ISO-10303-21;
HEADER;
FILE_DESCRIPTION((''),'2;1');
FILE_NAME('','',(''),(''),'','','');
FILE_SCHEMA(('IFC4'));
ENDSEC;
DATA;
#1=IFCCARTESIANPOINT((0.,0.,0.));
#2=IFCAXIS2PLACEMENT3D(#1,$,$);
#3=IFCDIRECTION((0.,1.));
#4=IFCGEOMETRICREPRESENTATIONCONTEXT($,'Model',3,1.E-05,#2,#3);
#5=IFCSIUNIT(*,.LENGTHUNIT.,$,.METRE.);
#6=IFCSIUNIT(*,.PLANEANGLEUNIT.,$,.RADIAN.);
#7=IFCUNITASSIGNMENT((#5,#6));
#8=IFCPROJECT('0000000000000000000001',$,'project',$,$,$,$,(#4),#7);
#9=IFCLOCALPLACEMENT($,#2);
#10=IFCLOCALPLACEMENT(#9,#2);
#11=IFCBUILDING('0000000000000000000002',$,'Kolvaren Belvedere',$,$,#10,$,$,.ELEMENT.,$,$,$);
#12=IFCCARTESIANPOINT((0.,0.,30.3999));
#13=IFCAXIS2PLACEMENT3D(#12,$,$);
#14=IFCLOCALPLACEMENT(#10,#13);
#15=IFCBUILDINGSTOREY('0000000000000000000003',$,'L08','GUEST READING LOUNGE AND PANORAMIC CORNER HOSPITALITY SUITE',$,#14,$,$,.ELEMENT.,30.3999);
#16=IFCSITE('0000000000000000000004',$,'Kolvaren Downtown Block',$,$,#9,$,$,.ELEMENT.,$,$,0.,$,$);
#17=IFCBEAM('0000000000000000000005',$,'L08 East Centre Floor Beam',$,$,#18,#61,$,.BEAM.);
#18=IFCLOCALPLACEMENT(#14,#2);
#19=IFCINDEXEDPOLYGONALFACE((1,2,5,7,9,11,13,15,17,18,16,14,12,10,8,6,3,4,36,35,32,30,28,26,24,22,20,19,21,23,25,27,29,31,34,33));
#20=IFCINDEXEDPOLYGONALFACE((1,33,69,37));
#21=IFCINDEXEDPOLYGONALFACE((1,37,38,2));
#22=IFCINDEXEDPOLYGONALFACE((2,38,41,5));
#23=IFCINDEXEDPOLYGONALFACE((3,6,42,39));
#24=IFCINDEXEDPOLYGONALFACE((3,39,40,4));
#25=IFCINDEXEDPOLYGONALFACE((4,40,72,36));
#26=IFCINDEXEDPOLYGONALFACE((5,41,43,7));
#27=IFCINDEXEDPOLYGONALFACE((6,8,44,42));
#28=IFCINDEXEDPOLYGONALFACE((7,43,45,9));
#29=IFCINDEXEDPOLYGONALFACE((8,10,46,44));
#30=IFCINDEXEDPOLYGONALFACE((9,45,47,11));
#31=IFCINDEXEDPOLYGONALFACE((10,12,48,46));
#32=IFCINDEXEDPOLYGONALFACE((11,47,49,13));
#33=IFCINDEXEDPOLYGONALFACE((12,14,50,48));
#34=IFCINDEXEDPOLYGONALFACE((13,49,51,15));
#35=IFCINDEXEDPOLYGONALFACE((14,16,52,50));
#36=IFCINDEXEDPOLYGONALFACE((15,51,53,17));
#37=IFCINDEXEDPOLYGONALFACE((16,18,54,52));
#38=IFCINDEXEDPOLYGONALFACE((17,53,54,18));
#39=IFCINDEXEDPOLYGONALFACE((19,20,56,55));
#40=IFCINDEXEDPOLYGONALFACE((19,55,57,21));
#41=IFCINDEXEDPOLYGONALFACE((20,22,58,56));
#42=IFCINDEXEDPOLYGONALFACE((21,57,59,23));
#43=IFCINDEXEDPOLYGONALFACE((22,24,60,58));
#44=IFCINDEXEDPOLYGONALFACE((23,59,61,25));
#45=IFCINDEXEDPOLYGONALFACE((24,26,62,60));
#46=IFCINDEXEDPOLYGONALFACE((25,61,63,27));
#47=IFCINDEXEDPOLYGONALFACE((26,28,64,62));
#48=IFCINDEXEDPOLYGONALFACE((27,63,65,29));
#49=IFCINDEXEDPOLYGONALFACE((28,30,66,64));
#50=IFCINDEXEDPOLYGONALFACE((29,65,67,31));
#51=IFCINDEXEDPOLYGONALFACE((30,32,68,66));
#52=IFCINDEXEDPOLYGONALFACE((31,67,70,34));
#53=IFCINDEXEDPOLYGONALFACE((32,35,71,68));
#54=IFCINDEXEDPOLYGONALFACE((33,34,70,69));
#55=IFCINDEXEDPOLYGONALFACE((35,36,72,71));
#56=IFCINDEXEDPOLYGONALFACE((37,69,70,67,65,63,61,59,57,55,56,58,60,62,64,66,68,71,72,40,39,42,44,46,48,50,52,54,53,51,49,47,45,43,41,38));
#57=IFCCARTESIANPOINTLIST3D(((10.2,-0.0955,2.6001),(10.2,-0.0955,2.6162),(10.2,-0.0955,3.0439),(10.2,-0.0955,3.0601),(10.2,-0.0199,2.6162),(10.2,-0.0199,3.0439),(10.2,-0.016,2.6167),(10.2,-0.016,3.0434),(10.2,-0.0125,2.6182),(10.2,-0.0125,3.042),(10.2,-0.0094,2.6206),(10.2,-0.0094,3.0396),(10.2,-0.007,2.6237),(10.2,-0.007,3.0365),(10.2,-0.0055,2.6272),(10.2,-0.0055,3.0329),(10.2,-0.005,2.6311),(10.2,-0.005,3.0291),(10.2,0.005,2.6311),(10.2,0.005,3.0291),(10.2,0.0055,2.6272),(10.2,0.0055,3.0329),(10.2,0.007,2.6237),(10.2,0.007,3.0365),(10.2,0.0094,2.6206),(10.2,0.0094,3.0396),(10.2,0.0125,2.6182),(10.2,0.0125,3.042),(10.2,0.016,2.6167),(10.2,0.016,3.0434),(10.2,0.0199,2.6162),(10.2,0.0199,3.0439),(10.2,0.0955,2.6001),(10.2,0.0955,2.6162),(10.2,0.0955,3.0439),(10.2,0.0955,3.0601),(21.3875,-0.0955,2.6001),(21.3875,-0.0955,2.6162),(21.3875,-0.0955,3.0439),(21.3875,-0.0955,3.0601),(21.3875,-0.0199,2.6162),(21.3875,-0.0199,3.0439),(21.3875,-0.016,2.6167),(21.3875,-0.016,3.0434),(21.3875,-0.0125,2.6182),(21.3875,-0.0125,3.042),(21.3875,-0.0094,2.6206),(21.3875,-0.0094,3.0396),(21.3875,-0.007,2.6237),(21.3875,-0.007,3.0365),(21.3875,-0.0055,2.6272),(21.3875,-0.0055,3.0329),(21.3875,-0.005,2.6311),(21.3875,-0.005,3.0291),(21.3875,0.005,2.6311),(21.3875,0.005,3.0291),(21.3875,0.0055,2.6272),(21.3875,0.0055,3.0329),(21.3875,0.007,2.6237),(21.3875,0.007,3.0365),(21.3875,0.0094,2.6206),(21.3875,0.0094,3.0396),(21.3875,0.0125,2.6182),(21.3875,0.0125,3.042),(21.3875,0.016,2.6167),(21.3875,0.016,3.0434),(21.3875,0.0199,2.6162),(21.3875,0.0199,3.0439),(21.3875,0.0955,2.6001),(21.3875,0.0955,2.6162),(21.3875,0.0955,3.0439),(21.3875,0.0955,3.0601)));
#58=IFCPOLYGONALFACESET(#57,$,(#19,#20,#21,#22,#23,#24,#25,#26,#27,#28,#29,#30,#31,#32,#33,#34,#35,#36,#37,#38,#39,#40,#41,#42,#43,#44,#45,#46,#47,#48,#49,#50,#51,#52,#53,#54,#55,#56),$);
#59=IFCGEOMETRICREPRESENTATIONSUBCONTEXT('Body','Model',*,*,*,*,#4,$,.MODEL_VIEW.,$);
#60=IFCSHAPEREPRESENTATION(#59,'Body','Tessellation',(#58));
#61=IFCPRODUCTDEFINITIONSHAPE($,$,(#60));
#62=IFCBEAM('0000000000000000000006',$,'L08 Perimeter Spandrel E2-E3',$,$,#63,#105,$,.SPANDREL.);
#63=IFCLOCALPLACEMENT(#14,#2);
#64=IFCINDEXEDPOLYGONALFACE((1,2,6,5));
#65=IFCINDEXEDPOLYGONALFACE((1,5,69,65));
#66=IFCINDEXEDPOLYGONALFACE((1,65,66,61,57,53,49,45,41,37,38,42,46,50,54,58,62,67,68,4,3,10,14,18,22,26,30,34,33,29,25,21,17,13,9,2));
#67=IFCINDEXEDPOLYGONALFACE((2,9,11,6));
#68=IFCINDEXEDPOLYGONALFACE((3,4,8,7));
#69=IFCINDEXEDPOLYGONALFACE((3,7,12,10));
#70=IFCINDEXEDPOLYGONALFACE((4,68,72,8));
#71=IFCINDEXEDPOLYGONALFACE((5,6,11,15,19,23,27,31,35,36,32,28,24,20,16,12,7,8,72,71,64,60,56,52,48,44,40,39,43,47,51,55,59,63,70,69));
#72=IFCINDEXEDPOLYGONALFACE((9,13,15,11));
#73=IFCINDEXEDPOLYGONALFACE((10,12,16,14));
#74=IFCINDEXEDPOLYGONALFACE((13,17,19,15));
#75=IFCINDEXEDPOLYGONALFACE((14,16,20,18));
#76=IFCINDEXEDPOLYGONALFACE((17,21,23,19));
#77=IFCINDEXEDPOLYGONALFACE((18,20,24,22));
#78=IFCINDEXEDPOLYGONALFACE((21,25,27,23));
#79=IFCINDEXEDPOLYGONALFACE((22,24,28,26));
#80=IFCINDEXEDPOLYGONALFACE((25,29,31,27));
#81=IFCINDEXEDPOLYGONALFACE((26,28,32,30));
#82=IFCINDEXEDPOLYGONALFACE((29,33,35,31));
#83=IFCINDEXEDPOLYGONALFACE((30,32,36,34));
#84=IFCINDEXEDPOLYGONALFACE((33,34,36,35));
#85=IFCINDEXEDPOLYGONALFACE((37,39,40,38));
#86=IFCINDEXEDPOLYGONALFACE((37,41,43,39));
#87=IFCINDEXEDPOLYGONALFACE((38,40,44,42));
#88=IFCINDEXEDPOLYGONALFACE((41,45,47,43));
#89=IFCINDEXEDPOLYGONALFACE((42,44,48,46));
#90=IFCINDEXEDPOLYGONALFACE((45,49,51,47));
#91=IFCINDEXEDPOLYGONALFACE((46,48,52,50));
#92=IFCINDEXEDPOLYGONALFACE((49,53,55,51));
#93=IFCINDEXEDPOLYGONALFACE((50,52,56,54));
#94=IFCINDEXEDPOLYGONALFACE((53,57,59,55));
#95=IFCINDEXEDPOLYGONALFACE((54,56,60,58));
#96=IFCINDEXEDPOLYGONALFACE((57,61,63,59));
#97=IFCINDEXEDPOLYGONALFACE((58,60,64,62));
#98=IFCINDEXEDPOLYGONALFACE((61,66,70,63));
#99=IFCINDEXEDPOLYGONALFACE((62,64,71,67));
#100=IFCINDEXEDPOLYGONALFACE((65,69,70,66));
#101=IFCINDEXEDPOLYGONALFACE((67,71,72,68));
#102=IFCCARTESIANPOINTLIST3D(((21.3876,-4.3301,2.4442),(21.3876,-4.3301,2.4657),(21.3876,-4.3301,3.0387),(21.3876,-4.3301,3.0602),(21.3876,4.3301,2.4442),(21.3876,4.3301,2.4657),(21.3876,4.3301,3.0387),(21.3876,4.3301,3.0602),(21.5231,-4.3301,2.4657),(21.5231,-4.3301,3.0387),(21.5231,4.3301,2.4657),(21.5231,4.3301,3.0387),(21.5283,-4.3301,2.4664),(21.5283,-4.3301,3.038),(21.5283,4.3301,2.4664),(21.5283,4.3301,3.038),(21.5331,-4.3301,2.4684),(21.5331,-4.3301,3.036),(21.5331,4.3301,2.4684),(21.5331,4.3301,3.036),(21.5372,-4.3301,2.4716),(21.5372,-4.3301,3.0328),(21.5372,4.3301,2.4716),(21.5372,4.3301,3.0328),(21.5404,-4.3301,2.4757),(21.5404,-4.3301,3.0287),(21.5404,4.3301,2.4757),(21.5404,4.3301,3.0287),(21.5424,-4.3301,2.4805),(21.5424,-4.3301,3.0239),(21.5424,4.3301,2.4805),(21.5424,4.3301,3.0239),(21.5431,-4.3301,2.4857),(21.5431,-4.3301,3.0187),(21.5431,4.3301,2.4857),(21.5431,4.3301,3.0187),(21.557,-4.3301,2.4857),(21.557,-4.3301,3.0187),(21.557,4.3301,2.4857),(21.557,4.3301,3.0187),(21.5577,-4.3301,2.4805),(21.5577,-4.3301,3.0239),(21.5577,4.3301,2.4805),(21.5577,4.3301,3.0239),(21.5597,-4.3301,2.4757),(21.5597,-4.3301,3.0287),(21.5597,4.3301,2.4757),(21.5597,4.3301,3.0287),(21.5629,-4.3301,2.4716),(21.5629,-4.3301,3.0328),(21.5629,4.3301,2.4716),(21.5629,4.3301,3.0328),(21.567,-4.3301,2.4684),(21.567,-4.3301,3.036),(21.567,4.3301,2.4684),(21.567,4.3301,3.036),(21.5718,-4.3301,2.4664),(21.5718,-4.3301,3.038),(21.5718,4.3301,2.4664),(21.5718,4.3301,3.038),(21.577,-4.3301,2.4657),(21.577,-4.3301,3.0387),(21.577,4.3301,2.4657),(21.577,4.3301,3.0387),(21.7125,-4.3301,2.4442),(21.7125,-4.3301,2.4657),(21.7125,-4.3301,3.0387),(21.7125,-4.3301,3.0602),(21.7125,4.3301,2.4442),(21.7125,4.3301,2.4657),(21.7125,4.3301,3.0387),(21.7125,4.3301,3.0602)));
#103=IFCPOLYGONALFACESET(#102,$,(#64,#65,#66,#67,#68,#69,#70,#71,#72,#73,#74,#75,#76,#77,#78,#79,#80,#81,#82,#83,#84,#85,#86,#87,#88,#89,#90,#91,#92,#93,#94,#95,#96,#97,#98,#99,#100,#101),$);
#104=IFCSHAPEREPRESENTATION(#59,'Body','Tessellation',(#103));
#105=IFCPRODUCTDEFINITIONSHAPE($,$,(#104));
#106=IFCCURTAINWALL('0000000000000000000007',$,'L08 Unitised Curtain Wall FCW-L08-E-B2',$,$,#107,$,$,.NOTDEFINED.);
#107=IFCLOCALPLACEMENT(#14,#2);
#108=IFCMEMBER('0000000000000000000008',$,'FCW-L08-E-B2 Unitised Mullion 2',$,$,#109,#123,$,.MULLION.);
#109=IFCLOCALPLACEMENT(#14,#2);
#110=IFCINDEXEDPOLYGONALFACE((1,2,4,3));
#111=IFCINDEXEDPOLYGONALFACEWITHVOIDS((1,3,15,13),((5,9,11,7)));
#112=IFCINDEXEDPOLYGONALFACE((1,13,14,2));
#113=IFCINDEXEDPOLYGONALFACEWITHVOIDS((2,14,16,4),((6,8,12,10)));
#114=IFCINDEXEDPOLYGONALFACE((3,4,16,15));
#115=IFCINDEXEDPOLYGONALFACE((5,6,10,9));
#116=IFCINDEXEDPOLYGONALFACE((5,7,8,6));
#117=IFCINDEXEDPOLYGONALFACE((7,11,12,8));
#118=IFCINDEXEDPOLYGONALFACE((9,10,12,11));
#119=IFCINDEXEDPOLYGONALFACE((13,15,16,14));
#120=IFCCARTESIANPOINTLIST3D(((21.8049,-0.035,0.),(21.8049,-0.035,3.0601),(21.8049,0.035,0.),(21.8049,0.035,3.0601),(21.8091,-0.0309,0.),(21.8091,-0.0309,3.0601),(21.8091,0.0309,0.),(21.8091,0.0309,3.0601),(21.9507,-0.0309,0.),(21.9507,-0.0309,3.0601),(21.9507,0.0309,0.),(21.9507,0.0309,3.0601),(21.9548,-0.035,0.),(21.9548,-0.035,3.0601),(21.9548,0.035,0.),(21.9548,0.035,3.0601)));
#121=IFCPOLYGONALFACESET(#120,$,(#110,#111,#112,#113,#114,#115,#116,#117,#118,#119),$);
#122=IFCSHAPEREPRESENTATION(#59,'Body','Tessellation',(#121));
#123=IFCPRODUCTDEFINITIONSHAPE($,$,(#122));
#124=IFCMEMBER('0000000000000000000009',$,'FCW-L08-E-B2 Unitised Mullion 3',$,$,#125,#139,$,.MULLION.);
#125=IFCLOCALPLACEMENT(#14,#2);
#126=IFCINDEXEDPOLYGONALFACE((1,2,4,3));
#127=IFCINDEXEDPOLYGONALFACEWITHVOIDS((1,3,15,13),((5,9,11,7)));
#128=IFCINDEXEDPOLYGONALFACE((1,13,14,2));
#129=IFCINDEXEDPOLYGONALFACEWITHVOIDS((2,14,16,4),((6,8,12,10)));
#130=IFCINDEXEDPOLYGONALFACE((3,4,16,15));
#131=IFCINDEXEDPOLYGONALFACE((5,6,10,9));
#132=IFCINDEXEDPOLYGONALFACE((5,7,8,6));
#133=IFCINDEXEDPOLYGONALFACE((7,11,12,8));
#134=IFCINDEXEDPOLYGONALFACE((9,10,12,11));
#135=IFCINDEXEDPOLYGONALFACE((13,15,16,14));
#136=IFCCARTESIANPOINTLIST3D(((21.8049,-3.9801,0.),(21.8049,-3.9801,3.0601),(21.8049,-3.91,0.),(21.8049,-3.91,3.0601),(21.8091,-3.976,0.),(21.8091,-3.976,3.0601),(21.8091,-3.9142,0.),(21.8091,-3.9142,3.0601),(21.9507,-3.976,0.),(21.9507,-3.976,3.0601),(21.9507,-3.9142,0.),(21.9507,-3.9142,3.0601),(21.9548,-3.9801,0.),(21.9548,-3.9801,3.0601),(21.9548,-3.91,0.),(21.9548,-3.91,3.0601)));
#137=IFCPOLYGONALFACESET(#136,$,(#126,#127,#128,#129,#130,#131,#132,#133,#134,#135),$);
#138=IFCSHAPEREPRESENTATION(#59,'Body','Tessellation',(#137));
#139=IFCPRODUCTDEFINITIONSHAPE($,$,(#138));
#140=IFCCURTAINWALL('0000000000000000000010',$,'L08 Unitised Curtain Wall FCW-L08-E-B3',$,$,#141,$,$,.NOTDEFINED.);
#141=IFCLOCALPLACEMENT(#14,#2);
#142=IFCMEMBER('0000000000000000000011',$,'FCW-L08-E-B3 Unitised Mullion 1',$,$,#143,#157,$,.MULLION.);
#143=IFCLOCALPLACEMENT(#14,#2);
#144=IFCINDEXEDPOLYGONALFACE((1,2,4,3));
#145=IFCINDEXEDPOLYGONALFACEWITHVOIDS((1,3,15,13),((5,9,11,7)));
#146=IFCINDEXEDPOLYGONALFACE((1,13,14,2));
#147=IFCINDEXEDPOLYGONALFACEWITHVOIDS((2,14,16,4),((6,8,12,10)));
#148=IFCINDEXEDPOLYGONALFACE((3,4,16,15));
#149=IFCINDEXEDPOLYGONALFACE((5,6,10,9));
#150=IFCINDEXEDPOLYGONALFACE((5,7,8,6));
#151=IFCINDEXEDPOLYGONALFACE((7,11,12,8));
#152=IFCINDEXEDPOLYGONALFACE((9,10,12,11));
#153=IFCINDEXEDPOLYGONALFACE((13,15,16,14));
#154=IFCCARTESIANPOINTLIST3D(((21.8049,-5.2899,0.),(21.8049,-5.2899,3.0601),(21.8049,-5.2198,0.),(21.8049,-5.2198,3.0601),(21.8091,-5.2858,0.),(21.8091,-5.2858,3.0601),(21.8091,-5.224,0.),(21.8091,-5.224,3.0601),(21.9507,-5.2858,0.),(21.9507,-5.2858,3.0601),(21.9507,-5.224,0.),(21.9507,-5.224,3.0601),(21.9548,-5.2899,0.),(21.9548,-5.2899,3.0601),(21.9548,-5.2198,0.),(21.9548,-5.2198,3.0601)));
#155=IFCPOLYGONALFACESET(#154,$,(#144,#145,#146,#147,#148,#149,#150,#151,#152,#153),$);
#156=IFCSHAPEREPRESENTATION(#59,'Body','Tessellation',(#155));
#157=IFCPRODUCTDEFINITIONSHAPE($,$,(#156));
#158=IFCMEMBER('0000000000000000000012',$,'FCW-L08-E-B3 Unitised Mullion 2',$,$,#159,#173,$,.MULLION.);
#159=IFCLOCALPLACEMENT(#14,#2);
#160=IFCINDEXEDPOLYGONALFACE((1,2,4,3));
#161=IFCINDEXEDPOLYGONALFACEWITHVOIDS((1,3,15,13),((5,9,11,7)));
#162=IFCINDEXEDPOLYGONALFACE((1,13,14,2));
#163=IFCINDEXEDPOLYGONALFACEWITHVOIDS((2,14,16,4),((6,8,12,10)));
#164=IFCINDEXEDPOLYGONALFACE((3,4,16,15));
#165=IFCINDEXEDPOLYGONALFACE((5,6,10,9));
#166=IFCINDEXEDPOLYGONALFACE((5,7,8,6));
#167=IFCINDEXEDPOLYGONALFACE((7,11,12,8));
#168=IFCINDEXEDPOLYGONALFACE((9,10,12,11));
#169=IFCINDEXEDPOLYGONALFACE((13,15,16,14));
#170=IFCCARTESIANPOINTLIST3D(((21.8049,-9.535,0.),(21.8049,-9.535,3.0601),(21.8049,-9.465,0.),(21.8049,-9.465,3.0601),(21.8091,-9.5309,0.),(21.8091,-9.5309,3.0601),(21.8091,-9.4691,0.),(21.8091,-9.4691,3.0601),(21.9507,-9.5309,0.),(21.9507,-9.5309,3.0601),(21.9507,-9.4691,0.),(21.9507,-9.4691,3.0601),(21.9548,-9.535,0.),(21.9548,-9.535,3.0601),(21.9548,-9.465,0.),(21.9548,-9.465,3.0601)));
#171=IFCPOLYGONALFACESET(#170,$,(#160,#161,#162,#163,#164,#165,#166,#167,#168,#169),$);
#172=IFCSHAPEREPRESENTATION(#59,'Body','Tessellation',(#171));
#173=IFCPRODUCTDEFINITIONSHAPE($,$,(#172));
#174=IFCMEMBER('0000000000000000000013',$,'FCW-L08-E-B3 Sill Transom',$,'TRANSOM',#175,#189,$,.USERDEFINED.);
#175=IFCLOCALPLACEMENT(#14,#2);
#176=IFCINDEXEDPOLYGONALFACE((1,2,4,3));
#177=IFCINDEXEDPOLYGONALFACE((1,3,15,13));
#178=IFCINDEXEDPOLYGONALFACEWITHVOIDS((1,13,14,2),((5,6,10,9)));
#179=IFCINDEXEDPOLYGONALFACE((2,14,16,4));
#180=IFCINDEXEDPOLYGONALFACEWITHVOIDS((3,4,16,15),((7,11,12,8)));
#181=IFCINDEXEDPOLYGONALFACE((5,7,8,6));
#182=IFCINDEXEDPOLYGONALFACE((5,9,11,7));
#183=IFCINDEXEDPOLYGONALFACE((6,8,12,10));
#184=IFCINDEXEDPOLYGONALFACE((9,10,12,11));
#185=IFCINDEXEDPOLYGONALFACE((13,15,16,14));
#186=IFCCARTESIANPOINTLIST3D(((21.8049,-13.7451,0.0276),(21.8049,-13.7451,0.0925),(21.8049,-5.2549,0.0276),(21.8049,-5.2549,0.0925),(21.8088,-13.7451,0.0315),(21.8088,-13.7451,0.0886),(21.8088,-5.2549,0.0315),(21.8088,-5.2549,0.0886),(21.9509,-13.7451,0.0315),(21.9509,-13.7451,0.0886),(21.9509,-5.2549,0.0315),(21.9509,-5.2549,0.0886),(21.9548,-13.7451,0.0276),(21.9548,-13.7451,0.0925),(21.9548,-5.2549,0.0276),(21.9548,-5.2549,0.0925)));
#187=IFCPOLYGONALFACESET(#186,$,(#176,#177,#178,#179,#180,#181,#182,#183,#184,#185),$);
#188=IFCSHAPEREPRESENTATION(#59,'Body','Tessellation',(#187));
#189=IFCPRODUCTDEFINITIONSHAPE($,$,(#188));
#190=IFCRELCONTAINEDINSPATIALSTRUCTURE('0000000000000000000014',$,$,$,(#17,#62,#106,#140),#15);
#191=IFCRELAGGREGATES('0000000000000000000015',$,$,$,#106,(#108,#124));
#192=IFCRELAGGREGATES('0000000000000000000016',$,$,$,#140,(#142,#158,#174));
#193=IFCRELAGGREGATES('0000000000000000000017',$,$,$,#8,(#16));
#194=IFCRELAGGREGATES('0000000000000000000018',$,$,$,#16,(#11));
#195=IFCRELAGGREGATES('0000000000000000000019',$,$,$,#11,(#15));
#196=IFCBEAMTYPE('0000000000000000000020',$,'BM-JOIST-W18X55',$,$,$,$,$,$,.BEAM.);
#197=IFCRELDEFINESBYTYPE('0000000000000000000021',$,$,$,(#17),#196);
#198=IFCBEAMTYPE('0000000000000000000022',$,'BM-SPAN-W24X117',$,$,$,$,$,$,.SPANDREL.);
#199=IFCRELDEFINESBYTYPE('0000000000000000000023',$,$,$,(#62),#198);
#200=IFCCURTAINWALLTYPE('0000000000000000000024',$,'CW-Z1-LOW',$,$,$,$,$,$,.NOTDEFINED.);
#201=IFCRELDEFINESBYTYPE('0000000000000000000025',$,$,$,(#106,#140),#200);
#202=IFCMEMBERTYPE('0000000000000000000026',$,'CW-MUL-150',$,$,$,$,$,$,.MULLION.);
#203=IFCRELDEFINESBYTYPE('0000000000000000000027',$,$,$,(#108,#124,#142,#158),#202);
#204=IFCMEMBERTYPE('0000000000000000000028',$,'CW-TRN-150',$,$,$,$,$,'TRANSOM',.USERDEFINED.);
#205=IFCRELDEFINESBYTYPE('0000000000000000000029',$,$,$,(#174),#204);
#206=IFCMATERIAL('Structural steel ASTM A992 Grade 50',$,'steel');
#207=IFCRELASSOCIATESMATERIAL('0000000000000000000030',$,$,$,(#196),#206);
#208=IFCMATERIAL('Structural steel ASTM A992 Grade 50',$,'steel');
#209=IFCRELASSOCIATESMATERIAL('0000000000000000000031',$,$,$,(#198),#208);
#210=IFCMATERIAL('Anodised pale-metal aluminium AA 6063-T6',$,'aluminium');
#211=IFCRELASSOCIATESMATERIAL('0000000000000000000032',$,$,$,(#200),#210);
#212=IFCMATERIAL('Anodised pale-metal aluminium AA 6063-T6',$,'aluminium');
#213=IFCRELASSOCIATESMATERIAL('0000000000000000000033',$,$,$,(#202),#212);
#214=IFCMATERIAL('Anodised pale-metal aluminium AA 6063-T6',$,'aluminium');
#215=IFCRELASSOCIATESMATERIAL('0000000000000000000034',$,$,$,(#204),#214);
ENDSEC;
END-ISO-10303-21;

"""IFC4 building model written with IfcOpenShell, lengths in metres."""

from ifc_helpers import new_model, si_unit, direction, frame, origin, origin_2d, place, context, subcontext, project, spatial, hollow_rectangle, i_section, extrude, material, material_profile, profile_set, type_object, element, aggregate, save


model = new_model("IFC4")

# Units and contexts
model_context = context("Model", 3, precision=1e-05, world=origin(), true_north=direction((0.0, 1.0)))
body_context = subcontext(model_context, "Body", "Model", "MODEL_VIEW")
ifc_project = project(units=[si_unit("LENGTHUNIT", "METRE"), si_unit("PLANEANGLEUNIT", "RADIAN")], contexts=[model_context])

# Site, building, storey
site_placement = place(None, origin())
site = spatial("IfcSite", under=ifc_project, at=site_placement, Name="Kolvaren Downtown Block", CompositionType="ELEMENT", RefElevation=0.0)
building_placement = place(site_placement, origin())
building = spatial("IfcBuilding", under=site, at=building_placement, Name="Kolvaren Belvedere", CompositionType="ELEMENT")
storey_placement = place(building_placement, frame((0.0, 0.0, 30.3999)))
storey = spatial("IfcBuildingStorey", under=building, at=storey_placement, Name="L08", Description="GUEST READING LOUNGE AND PANORAMIC CORNER HOSPITALITY SUITE", CompositionType="ELEMENT", Elevation=30.3999)

# Beams
ifc_material_1 = material(Name="Structural steel ASTM A992 Grade 50", Category="steel")
ifc_material_profile_1 = material_profile(ifc_material_1, i_section(OverallWidth=0.1909, OverallDepth=0.46, WebThickness=0.01, FlangeThickness=0.0161, FilletRadius=0.0149, at=origin_2d()), Name="W18X55")
ifc_profile_set_1 = profile_set([ifc_material_profile_1], Name="Structural steel ASTM A992 Grade 50")
beam_type_1 = type_object("IfcBeamType", Name="BM-JOIST-W18X55", PredefinedType="BEAM", material=ifc_profile_set_1)
beam_1_placement = place(storey_placement, frame((10.2, 0.0, 2.8301), z_axis=(1.0, 0.0, 0.0), x_axis=(0.0, 1.0, 0.0)))
element("IfcBeam", 1, at=beam_1_placement, inside=storey, type_object=beam_type_1, Name="L08 East Centre Floor Beam", PredefinedType="BEAM", context=body_context, shape_type="SweptSolid", body=[
    extrude(i_section(OverallWidth=0.1909, OverallDepth=0.46, WebThickness=0.01, FlangeThickness=0.0161, FilletRadius=0.0149, at=origin_2d()), origin(), (0.0, 0.0, 1.0), 11.1875),
])
ifc_material_2 = material(Name="Structural steel ASTM A992 Grade 50", Category="steel")
ifc_material_profile_2 = material_profile(ifc_material_2, i_section(OverallWidth=0.325, OverallDepth=0.616, WebThickness=0.0139, FlangeThickness=0.0215, FilletRadius=0.02, at=origin_2d()), Name="W24X117")
ifc_profile_set_2 = profile_set([ifc_material_profile_2], Name="Structural steel ASTM A992 Grade 50")
beam_type_2 = type_object("IfcBeamType", Name="BM-SPAN-W24X117", PredefinedType="SPANDREL", material=ifc_profile_set_2)
beam_2_placement = place(storey_placement, frame((21.55, -4.3301, 2.7522), z_axis=(0.0, 1.0, 0.0), x_axis=(-1.0, 0.0, 0.0)))
element("IfcBeam", 2, at=beam_2_placement, inside=storey, type_object=beam_type_2, Name="L08 Perimeter Spandrel E2-E3", PredefinedType="SPANDREL", context=body_context, shape_type="SweptSolid", body=[
    extrude(i_section(OverallWidth=0.325, OverallDepth=0.616, WebThickness=0.0139, FlangeThickness=0.0215, FilletRadius=0.02, at=origin_2d()), origin(), (0.0, 0.0, 1.0), 8.6602),
])

# Curtain walls, members
ifc_material_3 = material(Name="Anodised pale-metal aluminium AA 6063-T6", Category="aluminium")
curtain_wall_type = type_object("IfcCurtainWallType", Name="CW-Z1-LOW", PredefinedType="NOTDEFINED", material=ifc_material_3)
curtain_wall_1_placement = place(storey_placement, origin())
curtain_wall_1 = element("IfcCurtainWall", 3, at=curtain_wall_1_placement, inside=storey, type_object=curtain_wall_type, Name="L08 Unitised Curtain Wall FCW-L08-E-B2", PredefinedType="NOTDEFINED")
ifc_material_4 = material(Name="Anodised pale-metal aluminium AA 6063-T6", Category="aluminium")
ifc_material_profile_3 = material_profile(ifc_material_4, hollow_rectangle(XDim=0.0701, YDim=0.1499, WallThickness=0.0042, at=origin_2d()), Name="ALU-MUL-150X70")
ifc_profile_set_3 = profile_set([ifc_material_profile_3], Name="Anodised pale-metal aluminium AA 6063-T6")
member_type_1 = type_object("IfcMemberType", Name="CW-MUL-150", PredefinedType="MULLION", material=ifc_profile_set_3)
member_1_placement = place(storey_placement, frame((21.8799, 0.0, 0.0), z_axis=(0.0, 0.0, 1.0), x_axis=(0.0, 1.0, 0.0)))
member_1 = element("IfcMember", 4, at=member_1_placement, type_object=member_type_1, Name="FCW-L08-E-B2 Unitised Mullion 2", PredefinedType="MULLION", context=body_context, shape_type="SweptSolid", body=[
    extrude(hollow_rectangle(XDim=0.0701, YDim=0.1499, WallThickness=0.0042, at=origin_2d()), origin(), (0.0, 0.0, 1.0), 3.0601),
])
member_2_placement = place(storey_placement, frame((21.8799, -3.9451, 0.0), z_axis=(0.0, 0.0, 1.0), x_axis=(0.0, 1.0, 0.0)))
member_2 = element("IfcMember", 5, at=member_2_placement, type_object=member_type_1, Name="FCW-L08-E-B2 Unitised Mullion 3", PredefinedType="MULLION", context=body_context, shape_type="SweptSolid", body=[
    extrude(hollow_rectangle(XDim=0.0701, YDim=0.1499, WallThickness=0.0042, at=origin_2d()), origin(), (0.0, 0.0, 1.0), 3.0601),
])
curtain_wall_2_placement = place(storey_placement, origin())
curtain_wall_2 = element("IfcCurtainWall", 6, at=curtain_wall_2_placement, inside=storey, type_object=curtain_wall_type, Name="L08 Unitised Curtain Wall FCW-L08-E-B3", PredefinedType="NOTDEFINED")
member_3_placement = place(storey_placement, frame((21.8799, -5.2549, 0.0), z_axis=(0.0, 0.0, 1.0), x_axis=(0.0, 1.0, 0.0)))
member_3 = element("IfcMember", 7, at=member_3_placement, type_object=member_type_1, Name="FCW-L08-E-B3 Unitised Mullion 1", PredefinedType="MULLION", context=body_context, shape_type="SweptSolid", body=[
    extrude(hollow_rectangle(XDim=0.0701, YDim=0.1499, WallThickness=0.0042, at=origin_2d()), origin(), (0.0, 0.0, 1.0), 3.0601),
])
member_4_placement = place(storey_placement, frame((21.8799, -9.5, 0.0), z_axis=(0.0, 0.0, 1.0), x_axis=(0.0, 1.0, 0.0)))
member_4 = element("IfcMember", 8, at=member_4_placement, type_object=member_type_1, Name="FCW-L08-E-B3 Unitised Mullion 2", PredefinedType="MULLION", context=body_context, shape_type="SweptSolid", body=[
    extrude(hollow_rectangle(XDim=0.0701, YDim=0.1499, WallThickness=0.0042, at=origin_2d()), origin(), (0.0, 0.0, 1.0), 3.0601),
])
ifc_material_5 = material(Name="Anodised pale-metal aluminium AA 6063-T6", Category="aluminium")
ifc_material_profile_4 = material_profile(ifc_material_5, hollow_rectangle(XDim=0.0649, YDim=0.1499, WallThickness=0.0039, at=origin_2d()), Name="ALU-TRN-150X65")
ifc_profile_set_4 = profile_set([ifc_material_profile_4], Name="Anodised pale-metal aluminium AA 6063-T6")
member_type_2 = type_object("IfcMemberType", Name="CW-TRN-150", ElementType="TRANSOM", PredefinedType="USERDEFINED", material=ifc_profile_set_4)
member_5_placement = place(storey_placement, frame((21.8799, -5.2549, 0.0601), z_axis=(0.0, -1.0, 0.0), x_axis=(0.0, 0.0, 1.0)))
member_5 = element("IfcMember", 9, at=member_5_placement, type_object=member_type_2, Name="FCW-L08-E-B3 Sill Transom", ObjectType="TRANSOM", PredefinedType="USERDEFINED", context=body_context, shape_type="SweptSolid", body=[
    extrude(hollow_rectangle(XDim=0.0649, YDim=0.1499, WallThickness=0.0039, at=origin_2d()), origin(), (0.0, 0.0, 1.0), 8.4902),
])

aggregate(curtain_wall_1, [member_1, member_2])
aggregate(curtain_wall_2, [member_3, member_4, member_5])

save(model, "model.ifc")
